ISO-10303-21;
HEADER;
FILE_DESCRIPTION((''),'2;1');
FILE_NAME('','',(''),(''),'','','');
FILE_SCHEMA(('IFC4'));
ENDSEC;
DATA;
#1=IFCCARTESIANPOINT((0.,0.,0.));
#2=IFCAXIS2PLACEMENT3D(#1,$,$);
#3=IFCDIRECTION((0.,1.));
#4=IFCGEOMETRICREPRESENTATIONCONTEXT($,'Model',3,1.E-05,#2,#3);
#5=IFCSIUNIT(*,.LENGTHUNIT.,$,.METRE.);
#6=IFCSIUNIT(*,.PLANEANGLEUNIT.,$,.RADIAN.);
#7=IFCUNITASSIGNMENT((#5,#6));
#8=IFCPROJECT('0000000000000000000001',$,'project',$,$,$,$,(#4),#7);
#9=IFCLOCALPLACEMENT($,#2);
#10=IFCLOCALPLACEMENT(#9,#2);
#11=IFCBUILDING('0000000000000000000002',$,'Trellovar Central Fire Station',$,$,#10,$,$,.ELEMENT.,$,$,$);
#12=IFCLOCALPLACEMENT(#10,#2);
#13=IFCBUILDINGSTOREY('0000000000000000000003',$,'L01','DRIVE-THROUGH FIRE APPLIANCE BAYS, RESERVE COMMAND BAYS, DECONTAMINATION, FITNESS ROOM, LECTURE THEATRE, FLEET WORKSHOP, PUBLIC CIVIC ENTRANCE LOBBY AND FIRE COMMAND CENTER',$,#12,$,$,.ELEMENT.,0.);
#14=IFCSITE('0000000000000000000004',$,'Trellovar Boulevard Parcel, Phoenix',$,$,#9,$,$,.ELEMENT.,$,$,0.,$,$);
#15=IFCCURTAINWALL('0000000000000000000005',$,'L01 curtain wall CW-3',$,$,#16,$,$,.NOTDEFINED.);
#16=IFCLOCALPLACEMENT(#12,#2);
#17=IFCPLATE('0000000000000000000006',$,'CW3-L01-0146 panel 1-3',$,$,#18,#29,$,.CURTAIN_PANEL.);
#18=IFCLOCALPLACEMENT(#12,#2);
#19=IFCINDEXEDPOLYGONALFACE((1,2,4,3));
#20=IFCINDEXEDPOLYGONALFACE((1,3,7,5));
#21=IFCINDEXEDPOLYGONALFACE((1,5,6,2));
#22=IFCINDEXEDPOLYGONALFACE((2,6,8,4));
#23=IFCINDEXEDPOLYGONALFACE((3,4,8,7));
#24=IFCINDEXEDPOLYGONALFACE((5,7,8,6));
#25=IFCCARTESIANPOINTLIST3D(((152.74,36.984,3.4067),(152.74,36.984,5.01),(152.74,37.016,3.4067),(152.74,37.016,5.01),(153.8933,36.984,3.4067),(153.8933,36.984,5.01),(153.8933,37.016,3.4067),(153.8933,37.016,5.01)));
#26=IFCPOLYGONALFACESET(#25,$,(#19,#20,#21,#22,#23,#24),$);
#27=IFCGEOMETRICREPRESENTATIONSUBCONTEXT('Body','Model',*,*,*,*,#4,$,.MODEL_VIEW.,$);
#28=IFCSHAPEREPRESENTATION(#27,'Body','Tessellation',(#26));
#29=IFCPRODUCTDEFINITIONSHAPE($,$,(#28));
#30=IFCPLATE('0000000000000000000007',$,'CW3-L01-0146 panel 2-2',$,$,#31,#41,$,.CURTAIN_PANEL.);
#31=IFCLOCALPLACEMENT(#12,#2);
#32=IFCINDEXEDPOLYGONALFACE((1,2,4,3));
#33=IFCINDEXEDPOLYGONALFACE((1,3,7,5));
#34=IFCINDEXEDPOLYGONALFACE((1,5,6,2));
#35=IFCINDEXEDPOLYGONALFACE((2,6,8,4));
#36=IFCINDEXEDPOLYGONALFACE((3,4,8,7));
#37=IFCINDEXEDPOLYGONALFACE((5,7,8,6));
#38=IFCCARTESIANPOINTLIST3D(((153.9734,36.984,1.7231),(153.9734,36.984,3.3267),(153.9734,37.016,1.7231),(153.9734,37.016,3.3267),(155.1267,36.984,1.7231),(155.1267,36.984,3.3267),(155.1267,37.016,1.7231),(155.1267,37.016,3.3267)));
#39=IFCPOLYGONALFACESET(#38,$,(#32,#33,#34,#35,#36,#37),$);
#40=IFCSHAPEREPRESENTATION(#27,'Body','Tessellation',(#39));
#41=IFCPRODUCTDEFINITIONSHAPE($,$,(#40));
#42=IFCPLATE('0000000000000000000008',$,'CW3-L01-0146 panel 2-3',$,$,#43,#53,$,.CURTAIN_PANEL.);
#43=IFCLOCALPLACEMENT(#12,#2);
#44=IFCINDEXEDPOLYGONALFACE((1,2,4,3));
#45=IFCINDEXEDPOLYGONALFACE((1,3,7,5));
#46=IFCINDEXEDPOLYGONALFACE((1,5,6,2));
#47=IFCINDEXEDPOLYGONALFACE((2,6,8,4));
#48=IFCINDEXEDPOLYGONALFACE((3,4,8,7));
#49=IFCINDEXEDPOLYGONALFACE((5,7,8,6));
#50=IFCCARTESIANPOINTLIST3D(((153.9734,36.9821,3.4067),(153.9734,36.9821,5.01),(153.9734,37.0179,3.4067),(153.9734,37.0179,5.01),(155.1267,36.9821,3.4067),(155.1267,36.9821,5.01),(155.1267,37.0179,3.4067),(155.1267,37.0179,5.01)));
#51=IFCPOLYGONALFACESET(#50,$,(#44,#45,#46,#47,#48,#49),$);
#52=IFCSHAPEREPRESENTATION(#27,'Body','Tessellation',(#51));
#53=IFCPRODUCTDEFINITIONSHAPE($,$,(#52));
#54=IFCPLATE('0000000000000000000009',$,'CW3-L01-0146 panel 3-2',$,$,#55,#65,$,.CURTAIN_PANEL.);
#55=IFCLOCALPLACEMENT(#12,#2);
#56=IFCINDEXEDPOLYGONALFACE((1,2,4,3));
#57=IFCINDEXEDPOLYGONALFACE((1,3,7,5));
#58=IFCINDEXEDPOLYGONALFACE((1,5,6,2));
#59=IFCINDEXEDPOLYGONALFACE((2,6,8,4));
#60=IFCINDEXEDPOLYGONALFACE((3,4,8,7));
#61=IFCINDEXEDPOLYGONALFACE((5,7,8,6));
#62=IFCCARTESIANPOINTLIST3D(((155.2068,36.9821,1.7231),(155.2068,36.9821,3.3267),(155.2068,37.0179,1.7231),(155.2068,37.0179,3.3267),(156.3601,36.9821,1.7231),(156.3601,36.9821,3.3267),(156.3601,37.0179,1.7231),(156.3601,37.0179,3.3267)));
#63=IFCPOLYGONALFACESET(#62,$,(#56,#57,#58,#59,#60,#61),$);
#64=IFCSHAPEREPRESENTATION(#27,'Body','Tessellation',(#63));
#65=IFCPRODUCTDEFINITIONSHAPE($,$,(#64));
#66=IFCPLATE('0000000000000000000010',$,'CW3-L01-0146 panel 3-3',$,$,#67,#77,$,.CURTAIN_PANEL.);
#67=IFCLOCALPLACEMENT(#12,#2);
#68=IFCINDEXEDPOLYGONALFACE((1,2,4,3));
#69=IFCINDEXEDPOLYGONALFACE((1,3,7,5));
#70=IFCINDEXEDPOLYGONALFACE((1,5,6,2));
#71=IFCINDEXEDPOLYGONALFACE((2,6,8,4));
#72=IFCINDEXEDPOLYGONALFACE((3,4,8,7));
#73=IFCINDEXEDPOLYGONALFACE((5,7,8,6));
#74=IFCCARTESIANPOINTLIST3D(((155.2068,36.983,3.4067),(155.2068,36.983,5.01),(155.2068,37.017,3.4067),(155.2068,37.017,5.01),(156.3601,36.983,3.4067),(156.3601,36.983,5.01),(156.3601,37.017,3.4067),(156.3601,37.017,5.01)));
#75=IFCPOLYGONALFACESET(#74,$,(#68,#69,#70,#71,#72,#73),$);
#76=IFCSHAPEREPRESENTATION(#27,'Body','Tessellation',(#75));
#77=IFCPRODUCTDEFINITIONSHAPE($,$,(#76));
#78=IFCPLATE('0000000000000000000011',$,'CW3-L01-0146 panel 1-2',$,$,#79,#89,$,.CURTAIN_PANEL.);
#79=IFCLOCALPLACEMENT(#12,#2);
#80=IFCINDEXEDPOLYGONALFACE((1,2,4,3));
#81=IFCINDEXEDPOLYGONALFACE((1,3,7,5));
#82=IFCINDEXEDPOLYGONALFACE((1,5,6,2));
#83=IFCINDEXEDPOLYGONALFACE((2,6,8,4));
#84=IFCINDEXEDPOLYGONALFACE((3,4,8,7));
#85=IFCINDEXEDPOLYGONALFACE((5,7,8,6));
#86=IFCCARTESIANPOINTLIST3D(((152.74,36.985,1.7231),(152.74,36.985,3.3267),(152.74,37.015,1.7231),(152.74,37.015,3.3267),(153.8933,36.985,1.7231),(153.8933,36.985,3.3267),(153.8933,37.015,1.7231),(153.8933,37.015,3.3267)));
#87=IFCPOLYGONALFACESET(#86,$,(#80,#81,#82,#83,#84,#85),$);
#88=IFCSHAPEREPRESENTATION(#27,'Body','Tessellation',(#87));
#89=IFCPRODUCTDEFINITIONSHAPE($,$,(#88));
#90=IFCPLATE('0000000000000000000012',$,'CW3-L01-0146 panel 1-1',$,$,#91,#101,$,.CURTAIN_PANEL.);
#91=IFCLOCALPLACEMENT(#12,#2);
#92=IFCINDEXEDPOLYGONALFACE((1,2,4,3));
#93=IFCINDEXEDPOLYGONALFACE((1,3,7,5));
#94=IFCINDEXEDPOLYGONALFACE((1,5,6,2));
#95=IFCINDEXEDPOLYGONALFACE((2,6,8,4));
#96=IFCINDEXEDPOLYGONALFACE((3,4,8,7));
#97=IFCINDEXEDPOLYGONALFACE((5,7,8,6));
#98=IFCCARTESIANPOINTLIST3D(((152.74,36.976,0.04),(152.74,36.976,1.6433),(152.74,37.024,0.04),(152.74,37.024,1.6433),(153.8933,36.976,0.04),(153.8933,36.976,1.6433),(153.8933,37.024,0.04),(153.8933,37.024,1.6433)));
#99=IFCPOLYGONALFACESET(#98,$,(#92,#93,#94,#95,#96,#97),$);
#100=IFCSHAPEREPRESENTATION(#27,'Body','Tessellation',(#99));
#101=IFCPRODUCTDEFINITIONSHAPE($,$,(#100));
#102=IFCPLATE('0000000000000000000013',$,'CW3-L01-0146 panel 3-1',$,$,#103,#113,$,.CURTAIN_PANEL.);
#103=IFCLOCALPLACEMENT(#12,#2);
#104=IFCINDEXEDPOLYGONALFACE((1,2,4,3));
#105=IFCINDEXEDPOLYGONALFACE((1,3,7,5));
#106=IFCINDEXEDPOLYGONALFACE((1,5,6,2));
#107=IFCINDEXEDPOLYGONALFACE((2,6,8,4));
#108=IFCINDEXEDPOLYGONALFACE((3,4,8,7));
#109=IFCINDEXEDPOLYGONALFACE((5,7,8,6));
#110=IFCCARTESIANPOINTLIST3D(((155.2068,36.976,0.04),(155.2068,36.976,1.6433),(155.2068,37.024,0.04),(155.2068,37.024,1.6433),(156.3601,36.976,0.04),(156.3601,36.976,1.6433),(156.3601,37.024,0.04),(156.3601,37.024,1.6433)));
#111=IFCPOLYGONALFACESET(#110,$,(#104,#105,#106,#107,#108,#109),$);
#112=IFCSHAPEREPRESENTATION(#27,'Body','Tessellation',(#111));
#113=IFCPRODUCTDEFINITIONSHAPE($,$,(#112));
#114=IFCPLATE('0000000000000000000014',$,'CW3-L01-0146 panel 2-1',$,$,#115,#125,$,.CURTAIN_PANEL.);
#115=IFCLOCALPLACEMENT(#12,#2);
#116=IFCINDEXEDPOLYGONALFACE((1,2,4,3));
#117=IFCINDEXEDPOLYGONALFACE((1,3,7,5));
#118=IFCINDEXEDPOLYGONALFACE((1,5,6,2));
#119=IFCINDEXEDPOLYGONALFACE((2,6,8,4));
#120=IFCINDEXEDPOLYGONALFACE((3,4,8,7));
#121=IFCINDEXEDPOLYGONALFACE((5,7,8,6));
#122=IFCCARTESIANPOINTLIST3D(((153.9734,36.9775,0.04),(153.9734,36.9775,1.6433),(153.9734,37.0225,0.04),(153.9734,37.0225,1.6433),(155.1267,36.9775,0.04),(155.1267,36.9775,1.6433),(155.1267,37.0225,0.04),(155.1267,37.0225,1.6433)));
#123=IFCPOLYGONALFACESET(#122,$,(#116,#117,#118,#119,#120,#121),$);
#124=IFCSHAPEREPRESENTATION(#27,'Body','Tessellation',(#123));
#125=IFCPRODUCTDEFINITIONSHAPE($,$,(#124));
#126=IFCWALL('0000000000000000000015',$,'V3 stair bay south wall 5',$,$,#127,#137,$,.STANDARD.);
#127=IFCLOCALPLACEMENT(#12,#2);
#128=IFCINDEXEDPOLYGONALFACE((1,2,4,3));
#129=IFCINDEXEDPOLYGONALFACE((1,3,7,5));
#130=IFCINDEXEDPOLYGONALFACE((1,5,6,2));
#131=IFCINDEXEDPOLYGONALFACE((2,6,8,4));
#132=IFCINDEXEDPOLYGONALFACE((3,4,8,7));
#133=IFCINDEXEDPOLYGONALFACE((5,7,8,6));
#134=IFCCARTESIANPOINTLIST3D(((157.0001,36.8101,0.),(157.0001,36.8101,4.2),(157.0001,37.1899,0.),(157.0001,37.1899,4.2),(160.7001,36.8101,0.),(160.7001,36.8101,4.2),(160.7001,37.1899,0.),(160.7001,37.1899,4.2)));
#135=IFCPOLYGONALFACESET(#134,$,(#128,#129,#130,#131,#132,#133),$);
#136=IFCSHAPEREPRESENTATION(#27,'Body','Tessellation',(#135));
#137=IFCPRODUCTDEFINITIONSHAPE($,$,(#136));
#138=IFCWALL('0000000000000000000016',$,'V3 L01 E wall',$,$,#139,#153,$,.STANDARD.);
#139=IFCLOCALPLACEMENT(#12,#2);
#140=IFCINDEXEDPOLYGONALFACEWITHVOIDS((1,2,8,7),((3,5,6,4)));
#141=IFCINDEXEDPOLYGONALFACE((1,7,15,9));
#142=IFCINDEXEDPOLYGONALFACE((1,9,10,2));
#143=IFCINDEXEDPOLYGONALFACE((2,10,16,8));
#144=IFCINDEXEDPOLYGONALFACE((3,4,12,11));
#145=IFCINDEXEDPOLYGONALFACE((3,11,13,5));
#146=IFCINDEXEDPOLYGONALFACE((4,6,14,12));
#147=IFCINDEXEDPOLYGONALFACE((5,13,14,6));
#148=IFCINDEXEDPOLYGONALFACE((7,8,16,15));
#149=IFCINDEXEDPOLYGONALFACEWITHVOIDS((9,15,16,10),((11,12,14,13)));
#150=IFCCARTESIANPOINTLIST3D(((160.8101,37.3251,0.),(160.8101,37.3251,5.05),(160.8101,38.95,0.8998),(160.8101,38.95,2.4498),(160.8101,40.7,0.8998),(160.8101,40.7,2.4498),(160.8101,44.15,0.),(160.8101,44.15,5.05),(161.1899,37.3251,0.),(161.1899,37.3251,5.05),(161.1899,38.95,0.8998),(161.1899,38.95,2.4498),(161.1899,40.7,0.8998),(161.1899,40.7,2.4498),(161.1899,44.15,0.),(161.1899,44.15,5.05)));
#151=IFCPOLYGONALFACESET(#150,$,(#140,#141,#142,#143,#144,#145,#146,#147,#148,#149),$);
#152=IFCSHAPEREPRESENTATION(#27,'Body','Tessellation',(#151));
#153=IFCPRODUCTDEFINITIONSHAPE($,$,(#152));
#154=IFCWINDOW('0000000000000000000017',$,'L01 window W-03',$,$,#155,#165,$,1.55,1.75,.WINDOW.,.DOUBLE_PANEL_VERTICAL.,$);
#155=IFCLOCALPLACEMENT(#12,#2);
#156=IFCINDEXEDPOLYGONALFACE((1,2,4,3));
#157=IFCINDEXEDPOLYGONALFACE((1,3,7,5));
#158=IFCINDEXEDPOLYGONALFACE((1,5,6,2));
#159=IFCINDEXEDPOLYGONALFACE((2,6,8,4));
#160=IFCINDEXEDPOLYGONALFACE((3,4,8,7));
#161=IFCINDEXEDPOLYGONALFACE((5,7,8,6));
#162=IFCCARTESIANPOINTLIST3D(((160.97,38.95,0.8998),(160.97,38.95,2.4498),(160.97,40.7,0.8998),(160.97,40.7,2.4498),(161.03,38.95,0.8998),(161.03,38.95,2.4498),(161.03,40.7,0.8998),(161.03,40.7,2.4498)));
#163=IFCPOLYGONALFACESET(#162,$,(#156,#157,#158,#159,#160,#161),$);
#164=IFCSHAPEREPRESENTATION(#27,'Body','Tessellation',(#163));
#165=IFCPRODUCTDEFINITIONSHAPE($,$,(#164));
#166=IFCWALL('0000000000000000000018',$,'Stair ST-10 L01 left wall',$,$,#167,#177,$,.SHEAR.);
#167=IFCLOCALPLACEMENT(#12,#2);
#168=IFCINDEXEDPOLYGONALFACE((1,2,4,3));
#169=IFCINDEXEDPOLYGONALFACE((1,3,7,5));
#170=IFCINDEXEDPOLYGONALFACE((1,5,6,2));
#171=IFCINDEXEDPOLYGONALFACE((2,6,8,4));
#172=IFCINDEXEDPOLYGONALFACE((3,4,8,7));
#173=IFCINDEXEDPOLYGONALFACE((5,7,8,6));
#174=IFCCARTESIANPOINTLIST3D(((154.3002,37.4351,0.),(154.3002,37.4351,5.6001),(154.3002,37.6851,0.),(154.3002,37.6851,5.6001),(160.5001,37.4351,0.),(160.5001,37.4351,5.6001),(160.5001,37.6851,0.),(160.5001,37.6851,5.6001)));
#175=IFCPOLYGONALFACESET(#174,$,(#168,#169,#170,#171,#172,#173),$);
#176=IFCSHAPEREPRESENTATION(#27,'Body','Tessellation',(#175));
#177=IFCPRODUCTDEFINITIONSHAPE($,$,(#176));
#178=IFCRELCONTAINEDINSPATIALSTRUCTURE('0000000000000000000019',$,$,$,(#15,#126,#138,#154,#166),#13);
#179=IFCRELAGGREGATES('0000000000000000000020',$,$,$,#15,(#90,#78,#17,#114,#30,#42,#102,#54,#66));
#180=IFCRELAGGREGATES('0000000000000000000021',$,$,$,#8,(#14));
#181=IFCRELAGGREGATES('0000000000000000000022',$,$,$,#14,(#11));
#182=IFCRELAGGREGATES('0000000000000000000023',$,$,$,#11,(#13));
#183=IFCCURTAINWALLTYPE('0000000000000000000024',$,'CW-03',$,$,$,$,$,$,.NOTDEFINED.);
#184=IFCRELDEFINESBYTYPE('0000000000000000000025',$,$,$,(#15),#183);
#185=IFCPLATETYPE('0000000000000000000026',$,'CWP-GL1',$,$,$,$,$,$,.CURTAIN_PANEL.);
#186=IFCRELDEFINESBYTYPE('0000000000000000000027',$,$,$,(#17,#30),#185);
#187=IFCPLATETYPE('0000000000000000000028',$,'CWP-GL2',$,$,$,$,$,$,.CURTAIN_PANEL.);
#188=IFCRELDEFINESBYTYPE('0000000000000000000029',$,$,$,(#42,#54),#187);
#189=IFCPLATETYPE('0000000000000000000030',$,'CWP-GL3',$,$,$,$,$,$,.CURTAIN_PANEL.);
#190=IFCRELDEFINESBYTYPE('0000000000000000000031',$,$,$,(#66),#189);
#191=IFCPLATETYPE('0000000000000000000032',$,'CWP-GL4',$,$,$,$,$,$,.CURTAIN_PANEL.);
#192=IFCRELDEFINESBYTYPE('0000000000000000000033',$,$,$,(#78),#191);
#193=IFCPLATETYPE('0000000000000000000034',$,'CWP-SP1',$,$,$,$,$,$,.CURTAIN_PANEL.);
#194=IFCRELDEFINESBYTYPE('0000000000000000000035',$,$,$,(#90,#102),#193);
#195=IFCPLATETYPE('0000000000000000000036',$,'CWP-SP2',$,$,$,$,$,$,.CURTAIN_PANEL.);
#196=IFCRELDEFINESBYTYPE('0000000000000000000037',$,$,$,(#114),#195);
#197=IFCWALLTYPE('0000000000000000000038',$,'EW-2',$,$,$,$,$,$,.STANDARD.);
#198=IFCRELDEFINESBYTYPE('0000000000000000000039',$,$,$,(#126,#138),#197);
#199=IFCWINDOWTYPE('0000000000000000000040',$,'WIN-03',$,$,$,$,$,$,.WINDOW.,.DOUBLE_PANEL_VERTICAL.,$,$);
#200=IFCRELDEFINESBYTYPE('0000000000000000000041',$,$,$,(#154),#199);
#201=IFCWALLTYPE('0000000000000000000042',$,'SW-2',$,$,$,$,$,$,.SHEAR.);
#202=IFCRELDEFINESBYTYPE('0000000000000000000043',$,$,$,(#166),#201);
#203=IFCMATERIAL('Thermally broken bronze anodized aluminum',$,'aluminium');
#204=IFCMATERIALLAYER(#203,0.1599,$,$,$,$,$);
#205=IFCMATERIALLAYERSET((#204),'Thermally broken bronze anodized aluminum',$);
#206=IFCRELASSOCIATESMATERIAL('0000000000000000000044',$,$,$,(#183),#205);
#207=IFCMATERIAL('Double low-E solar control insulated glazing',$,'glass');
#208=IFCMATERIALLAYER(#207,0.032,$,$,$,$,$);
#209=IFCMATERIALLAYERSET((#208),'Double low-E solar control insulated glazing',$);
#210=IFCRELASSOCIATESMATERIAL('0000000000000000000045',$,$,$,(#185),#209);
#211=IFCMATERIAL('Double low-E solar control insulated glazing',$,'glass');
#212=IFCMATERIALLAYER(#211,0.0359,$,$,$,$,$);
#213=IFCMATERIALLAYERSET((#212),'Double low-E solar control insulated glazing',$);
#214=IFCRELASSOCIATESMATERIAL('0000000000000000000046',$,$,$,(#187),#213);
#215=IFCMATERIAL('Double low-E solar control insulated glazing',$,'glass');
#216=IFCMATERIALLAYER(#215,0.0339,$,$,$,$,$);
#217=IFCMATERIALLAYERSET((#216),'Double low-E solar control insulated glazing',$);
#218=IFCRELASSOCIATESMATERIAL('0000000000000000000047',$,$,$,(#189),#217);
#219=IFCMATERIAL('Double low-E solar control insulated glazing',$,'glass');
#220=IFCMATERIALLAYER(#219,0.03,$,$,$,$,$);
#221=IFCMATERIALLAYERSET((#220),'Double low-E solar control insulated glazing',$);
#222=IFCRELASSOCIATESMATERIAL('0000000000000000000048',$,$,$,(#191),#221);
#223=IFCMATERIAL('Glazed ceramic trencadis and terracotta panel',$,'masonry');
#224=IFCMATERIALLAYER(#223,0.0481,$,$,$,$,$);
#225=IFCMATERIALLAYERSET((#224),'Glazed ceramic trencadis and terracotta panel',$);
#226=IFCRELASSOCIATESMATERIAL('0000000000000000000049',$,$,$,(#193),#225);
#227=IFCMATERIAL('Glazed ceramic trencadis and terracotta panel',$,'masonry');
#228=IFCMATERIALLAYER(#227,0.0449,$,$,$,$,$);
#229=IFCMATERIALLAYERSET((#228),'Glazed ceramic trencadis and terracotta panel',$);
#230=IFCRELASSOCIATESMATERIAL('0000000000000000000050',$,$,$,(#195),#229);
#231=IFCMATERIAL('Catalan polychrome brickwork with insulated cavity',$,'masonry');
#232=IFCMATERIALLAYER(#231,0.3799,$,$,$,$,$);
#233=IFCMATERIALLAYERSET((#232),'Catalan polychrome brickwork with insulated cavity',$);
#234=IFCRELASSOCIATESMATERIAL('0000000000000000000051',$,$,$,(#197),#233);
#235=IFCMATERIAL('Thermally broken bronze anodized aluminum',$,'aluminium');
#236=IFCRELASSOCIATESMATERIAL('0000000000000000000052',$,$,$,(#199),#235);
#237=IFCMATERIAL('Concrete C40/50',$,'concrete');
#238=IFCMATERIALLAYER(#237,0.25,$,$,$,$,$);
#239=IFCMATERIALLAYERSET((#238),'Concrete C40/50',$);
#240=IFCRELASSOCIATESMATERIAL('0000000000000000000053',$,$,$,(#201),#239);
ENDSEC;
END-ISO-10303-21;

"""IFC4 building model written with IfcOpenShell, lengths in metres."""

from ifc_helpers import new_model, si_unit, direction, frame, frame_2d, origin, origin_2d, place, context, subcontext, project, spatial, rectangle, extrude, material, layer, layer_set, type_object, element, fill, aggregate, save


model = new_model("IFC4")

# Units and contexts
model_context = context("Model", 3, precision=1e-05, world=origin(), true_north=direction((0.0, 1.0)))
body_context = subcontext(model_context, "Body", "Model", "MODEL_VIEW")
ifc_project = project(units=[si_unit("LENGTHUNIT", "METRE"), si_unit("PLANEANGLEUNIT", "RADIAN")], contexts=[model_context])

# Site, building, storey
site_placement = place(None, origin())
site = spatial("IfcSite", under=ifc_project, at=site_placement, Name="Trellovar Boulevard Parcel, Phoenix", CompositionType="ELEMENT", RefElevation=0.0)
building_placement = place(site_placement, origin())
building = spatial("IfcBuilding", under=site, at=building_placement, Name="Trellovar Central Fire Station", CompositionType="ELEMENT")
storey_placement = place(building_placement, origin())
storey = spatial("IfcBuildingStorey", under=building, at=storey_placement, Name="L01", Description="DRIVE-THROUGH FIRE APPLIANCE BAYS, RESERVE COMMAND BAYS, DECONTAMINATION, FITNESS ROOM, LECTURE THEATRE, FLEET WORKSHOP, PUBLIC CIVIC ENTRANCE LOBBY AND FIRE COMMAND CENTER", CompositionType="ELEMENT", Elevation=0.0)

# Curtain wall, plates
ifc_material_1 = material(Name="Thermally broken bronze anodized aluminum", Category="aluminium")
ifc_layer_1 = layer(ifc_material_1, 0.1599)
ifc_layer_set_1 = layer_set([ifc_layer_1], Name="Thermally broken bronze anodized aluminum")
curtain_wall_type = type_object("IfcCurtainWallType", Name="CW-03", PredefinedType="NOTDEFINED", material=ifc_layer_set_1)
curtain_wall_placement = place(storey_placement, origin())
curtain_wall = element("IfcCurtainWall", 1, at=curtain_wall_placement, inside=storey, type_object=curtain_wall_type, Name="L01 curtain wall CW-3", PredefinedType="NOTDEFINED")
ifc_material_2 = material(Name="Double low-E solar control insulated glazing", Category="glass")
ifc_layer_2 = layer(ifc_material_2, 0.032)
ifc_layer_set_2 = layer_set([ifc_layer_2], Name="Double low-E solar control insulated glazing")
plate_type_1 = type_object("IfcPlateType", Name="CWP-GL1", PredefinedType="CURTAIN_PANEL", material=ifc_layer_set_2)
plate_1_placement = place(storey_placement, frame((153.3167, 37.0, 3.4067), z_axis=(0.0, 0.0, 1.0), x_axis=(1.0, 0.0, 0.0)))
plate_1 = element("IfcPlate", 2, at=plate_1_placement, type_object=plate_type_1, Name="CW3-L01-0146 panel 1-3", PredefinedType="CURTAIN_PANEL", context=body_context, shape_type="SweptSolid", body=[
    extrude(rectangle(XDim=1.1533, YDim=0.032, at=origin_2d()), origin(), (0.0, 0.0, 1.0), 1.6033),
])
plate_2_placement = place(storey_placement, frame((154.55, 37.0, 1.7231), z_axis=(0.0, 0.0, 1.0), x_axis=(1.0, 0.0, 0.0)))
plate_2 = element("IfcPlate", 3, at=plate_2_placement, type_object=plate_type_1, Name="CW3-L01-0146 panel 2-2", PredefinedType="CURTAIN_PANEL", context=body_context, shape_type="SweptSolid", body=[
    extrude(rectangle(XDim=1.1533, YDim=0.032, at=origin_2d()), origin(), (0.0, 0.0, 1.0), 1.6035),
])
ifc_material_3 = material(Name="Double low-E solar control insulated glazing", Category="glass")
ifc_layer_3 = layer(ifc_material_3, 0.0359)
ifc_layer_set_3 = layer_set([ifc_layer_3], Name="Double low-E solar control insulated glazing")
plate_type_2 = type_object("IfcPlateType", Name="CWP-GL2", PredefinedType="CURTAIN_PANEL", material=ifc_layer_set_3)
plate_3_placement = place(storey_placement, frame((154.55, 37.0, 3.4067), z_axis=(0.0, 0.0, 1.0), x_axis=(1.0, 0.0, 0.0)))
plate_3 = element("IfcPlate", 4, at=plate_3_placement, type_object=plate_type_2, Name="CW3-L01-0146 panel 2-3", PredefinedType="CURTAIN_PANEL", context=body_context, shape_type="SweptSolid", body=[
    extrude(rectangle(XDim=1.1533, YDim=0.0359, at=origin_2d()), origin(), (0.0, 0.0, 1.0), 1.6033),
])
plate_4_placement = place(storey_placement, frame((155.7834, 37.0, 1.7231), z_axis=(0.0, 0.0, 1.0), x_axis=(1.0, 0.0, 0.0)))
plate_4 = element("IfcPlate", 5, at=plate_4_placement, type_object=plate_type_2, Name="CW3-L01-0146 panel 3-2", PredefinedType="CURTAIN_PANEL", context=body_context, shape_type="SweptSolid", body=[
    extrude(rectangle(XDim=1.1533, YDim=0.0359, at=origin_2d()), origin(), (0.0, 0.0, 1.0), 1.6035),
])
ifc_material_4 = material(Name="Double low-E solar control insulated glazing", Category="glass")
ifc_layer_4 = layer(ifc_material_4, 0.0339)
ifc_layer_set_4 = layer_set([ifc_layer_4], Name="Double low-E solar control insulated glazing")
plate_type_3 = type_object("IfcPlateType", Name="CWP-GL3", PredefinedType="CURTAIN_PANEL", material=ifc_layer_set_4)
plate_5_placement = place(storey_placement, frame((155.7834, 37.0, 3.4067), z_axis=(0.0, 0.0, 1.0), x_axis=(1.0, 0.0, 0.0)))
plate_5 = element("IfcPlate", 6, at=plate_5_placement, type_object=plate_type_3, Name="CW3-L01-0146 panel 3-3", PredefinedType="CURTAIN_PANEL", context=body_context, shape_type="SweptSolid", body=[
    extrude(rectangle(XDim=1.1533, YDim=0.0339, at=origin_2d()), origin(), (0.0, 0.0, 1.0), 1.6033),
])
ifc_material_5 = material(Name="Double low-E solar control insulated glazing", Category="glass")
ifc_layer_5 = layer(ifc_material_5, 0.03)
ifc_layer_set_5 = layer_set([ifc_layer_5], Name="Double low-E solar control insulated glazing")
plate_type_4 = type_object("IfcPlateType", Name="CWP-GL4", PredefinedType="CURTAIN_PANEL", material=ifc_layer_set_5)
plate_6_placement = place(storey_placement, frame((153.3167, 37.0, 1.7231), z_axis=(0.0, 0.0, 1.0), x_axis=(1.0, 0.0, 0.0)))
plate_6 = element("IfcPlate", 7, at=plate_6_placement, type_object=plate_type_4, Name="CW3-L01-0146 panel 1-2", PredefinedType="CURTAIN_PANEL", context=body_context, shape_type="SweptSolid", body=[
    extrude(rectangle(XDim=1.1533, YDim=0.03, at=origin_2d()), origin(), (0.0, 0.0, 1.0), 1.6035),
])
ifc_material_6 = material(Name="Glazed ceramic trencadis and terracotta panel", Category="masonry")
ifc_layer_6 = layer(ifc_material_6, 0.0481)
ifc_layer_set_6 = layer_set([ifc_layer_6], Name="Glazed ceramic trencadis and terracotta panel")
plate_type_5 = type_object("IfcPlateType", Name="CWP-SP1", PredefinedType="CURTAIN_PANEL", material=ifc_layer_set_6)
plate_7_placement = place(storey_placement, frame((153.3167, 37.0, 0.04), z_axis=(0.0, 0.0, 1.0), x_axis=(1.0, 0.0, 0.0)))
plate_7 = element("IfcPlate", 8, at=plate_7_placement, type_object=plate_type_5, Name="CW3-L01-0146 panel 1-1", PredefinedType="CURTAIN_PANEL", context=body_context, shape_type="SweptSolid", body=[
    extrude(rectangle(XDim=1.1533, YDim=0.0481, at=origin_2d()), origin(), (0.0, 0.0, 1.0), 1.6033),
])
plate_8_placement = place(storey_placement, frame((155.7834, 37.0, 0.04), z_axis=(0.0, 0.0, 1.0), x_axis=(1.0, 0.0, 0.0)))
plate_8 = element("IfcPlate", 9, at=plate_8_placement, type_object=plate_type_5, Name="CW3-L01-0146 panel 3-1", PredefinedType="CURTAIN_PANEL", context=body_context, shape_type="SweptSolid", body=[
    extrude(rectangle(XDim=1.1533, YDim=0.0481, at=origin_2d()), origin(), (0.0, 0.0, 1.0), 1.6033),
])
ifc_material_7 = material(Name="Glazed ceramic trencadis and terracotta panel", Category="masonry")
ifc_layer_7 = layer(ifc_material_7, 0.0449)
ifc_layer_set_7 = layer_set([ifc_layer_7], Name="Glazed ceramic trencadis and terracotta panel")
plate_type_6 = type_object("IfcPlateType", Name="CWP-SP2", PredefinedType="CURTAIN_PANEL", material=ifc_layer_set_7)
plate_9_placement = place(storey_placement, frame((154.55, 37.0, 0.04), z_axis=(0.0, 0.0, 1.0), x_axis=(1.0, 0.0, 0.0)))
plate_9 = element("IfcPlate", 10, at=plate_9_placement, type_object=plate_type_6, Name="CW3-L01-0146 panel 2-1", PredefinedType="CURTAIN_PANEL", context=body_context, shape_type="SweptSolid", body=[
    extrude(rectangle(XDim=1.1533, YDim=0.0449, at=origin_2d()), origin(), (0.0, 0.0, 1.0), 1.6033),
])
aggregate(curtain_wall, [plate_7, plate_6, plate_1, plate_9, plate_2, plate_3, plate_8, plate_4, plate_5])

# Wall
ifc_material_8 = material(Name="Catalan polychrome brickwork with insulated cavity", Category="masonry")
ifc_layer_8 = layer(ifc_material_8, 0.3799)
ifc_layer_set_8 = layer_set([ifc_layer_8], Name="Catalan polychrome brickwork with insulated cavity")
wall_type_1 = type_object("IfcWallType", Name="EW-2", PredefinedType="STANDARD", material=ifc_layer_set_8)
wall_1_placement = place(storey_placement, frame((157.0, 37.0, 0.0), z_axis=(0.0, 0.0, 1.0), x_axis=(1.0, 0.0, 0.0)))
element("IfcWall", 11, at=wall_1_placement, inside=storey, type_object=wall_type_1, Name="V3 stair bay south wall 5", PredefinedType="STANDARD", context=body_context, shape_type="SweptSolid", body=[
    extrude(rectangle(XDim=3.7, YDim=0.3799, at=frame_2d((1.8501, 0.0))), origin(), (0.0, 0.0, 1.0), 4.2),
])

# Wall, opening, window
wall_2_placement = place(storey_placement, frame((161.0, 37.325, 0.0), z_axis=(0.0, 0.0, 1.0), x_axis=(0.0, 1.0, 0.0)))
wall_2 = element("IfcWall", 12, at=wall_2_placement, inside=storey, type_object=wall_type_1, Name="V3 L01 E wall", PredefinedType="STANDARD", context=body_context, shape_type="SweptSolid", body=[
    extrude(rectangle(XDim=6.825, YDim=0.3799, at=frame_2d((3.4126, 0.0))), origin(), (0.0, 0.0, 1.0), 5.05),
])
opening_1_placement = place(wall_2_placement, frame((1.625, 0.0, 0.8999)))
opening_1 = element("IfcOpeningElement", 13, at=opening_1_placement, cuts=wall_2, PredefinedType="OPENING", context=body_context, shape_type="SweptSolid", body=[
    extrude(rectangle(XDim=1.75, YDim=1.55, at=frame_2d((0.875, 0.7749))), frame((0.0, 0.2, 0.0), z_axis=(0.0, -1.0, 0.0), x_axis=(1.0, 0.0, 0.0)), (0.0, 0.0, 1.0), 0.3999),
])
ifc_material_9 = material(Name="Thermally broken bronze anodized aluminum", Category="aluminium")
window_type = type_object("IfcWindowType", Name="WIN-03", PartitioningType="DOUBLE_PANEL_VERTICAL", PredefinedType="WINDOW", material=ifc_material_9)
window_placement = place(opening_1_placement, origin())
window = element("IfcWindow", 14, at=window_placement, inside=storey, type_object=window_type, Name="L01 window W-03", OverallHeight=1.55, OverallWidth=1.75, PartitioningType="DOUBLE_PANEL_VERTICAL", PredefinedType="WINDOW", context=body_context, shape_type="SweptSolid", body=[
    extrude(rectangle(XDim=1.75, YDim=1.55, at=frame_2d((0.875, 0.7749))), frame((0.0, 0.03, 0.0), z_axis=(0.0, -1.0, 0.0), x_axis=(1.0, 0.0, 0.0)), (0.0, 0.0, 1.0), 0.0601),
])
fill(opening_1, window)

# Wall
ifc_material_10 = material(Name="Concrete C40/50", Category="concrete")
ifc_layer_9 = layer(ifc_material_10, 0.25)
ifc_layer_set_9 = layer_set([ifc_layer_9], Name="Concrete C40/50")
wall_type_2 = type_object("IfcWallType", Name="SW-2", PredefinedType="SHEAR", material=ifc_layer_set_9)
wall_3_placement = place(storey_placement, frame((154.3, 37.5601, 0.0), z_axis=(0.0, 0.0, 1.0), x_axis=(1.0, 0.0, 0.0)))
element("IfcWall", 15, at=wall_3_placement, inside=storey, type_object=wall_type_2, Name="Stair ST-10 L01 left wall", PredefinedType="SHEAR", context=body_context, shape_type="SweptSolid", body=[
    extrude(rectangle(XDim=6.2, YDim=0.25, at=frame_2d((3.1001, 0.0))), origin(), (0.0, 0.0, 1.0), 5.6001),
])

save(model, "model.ifc")
